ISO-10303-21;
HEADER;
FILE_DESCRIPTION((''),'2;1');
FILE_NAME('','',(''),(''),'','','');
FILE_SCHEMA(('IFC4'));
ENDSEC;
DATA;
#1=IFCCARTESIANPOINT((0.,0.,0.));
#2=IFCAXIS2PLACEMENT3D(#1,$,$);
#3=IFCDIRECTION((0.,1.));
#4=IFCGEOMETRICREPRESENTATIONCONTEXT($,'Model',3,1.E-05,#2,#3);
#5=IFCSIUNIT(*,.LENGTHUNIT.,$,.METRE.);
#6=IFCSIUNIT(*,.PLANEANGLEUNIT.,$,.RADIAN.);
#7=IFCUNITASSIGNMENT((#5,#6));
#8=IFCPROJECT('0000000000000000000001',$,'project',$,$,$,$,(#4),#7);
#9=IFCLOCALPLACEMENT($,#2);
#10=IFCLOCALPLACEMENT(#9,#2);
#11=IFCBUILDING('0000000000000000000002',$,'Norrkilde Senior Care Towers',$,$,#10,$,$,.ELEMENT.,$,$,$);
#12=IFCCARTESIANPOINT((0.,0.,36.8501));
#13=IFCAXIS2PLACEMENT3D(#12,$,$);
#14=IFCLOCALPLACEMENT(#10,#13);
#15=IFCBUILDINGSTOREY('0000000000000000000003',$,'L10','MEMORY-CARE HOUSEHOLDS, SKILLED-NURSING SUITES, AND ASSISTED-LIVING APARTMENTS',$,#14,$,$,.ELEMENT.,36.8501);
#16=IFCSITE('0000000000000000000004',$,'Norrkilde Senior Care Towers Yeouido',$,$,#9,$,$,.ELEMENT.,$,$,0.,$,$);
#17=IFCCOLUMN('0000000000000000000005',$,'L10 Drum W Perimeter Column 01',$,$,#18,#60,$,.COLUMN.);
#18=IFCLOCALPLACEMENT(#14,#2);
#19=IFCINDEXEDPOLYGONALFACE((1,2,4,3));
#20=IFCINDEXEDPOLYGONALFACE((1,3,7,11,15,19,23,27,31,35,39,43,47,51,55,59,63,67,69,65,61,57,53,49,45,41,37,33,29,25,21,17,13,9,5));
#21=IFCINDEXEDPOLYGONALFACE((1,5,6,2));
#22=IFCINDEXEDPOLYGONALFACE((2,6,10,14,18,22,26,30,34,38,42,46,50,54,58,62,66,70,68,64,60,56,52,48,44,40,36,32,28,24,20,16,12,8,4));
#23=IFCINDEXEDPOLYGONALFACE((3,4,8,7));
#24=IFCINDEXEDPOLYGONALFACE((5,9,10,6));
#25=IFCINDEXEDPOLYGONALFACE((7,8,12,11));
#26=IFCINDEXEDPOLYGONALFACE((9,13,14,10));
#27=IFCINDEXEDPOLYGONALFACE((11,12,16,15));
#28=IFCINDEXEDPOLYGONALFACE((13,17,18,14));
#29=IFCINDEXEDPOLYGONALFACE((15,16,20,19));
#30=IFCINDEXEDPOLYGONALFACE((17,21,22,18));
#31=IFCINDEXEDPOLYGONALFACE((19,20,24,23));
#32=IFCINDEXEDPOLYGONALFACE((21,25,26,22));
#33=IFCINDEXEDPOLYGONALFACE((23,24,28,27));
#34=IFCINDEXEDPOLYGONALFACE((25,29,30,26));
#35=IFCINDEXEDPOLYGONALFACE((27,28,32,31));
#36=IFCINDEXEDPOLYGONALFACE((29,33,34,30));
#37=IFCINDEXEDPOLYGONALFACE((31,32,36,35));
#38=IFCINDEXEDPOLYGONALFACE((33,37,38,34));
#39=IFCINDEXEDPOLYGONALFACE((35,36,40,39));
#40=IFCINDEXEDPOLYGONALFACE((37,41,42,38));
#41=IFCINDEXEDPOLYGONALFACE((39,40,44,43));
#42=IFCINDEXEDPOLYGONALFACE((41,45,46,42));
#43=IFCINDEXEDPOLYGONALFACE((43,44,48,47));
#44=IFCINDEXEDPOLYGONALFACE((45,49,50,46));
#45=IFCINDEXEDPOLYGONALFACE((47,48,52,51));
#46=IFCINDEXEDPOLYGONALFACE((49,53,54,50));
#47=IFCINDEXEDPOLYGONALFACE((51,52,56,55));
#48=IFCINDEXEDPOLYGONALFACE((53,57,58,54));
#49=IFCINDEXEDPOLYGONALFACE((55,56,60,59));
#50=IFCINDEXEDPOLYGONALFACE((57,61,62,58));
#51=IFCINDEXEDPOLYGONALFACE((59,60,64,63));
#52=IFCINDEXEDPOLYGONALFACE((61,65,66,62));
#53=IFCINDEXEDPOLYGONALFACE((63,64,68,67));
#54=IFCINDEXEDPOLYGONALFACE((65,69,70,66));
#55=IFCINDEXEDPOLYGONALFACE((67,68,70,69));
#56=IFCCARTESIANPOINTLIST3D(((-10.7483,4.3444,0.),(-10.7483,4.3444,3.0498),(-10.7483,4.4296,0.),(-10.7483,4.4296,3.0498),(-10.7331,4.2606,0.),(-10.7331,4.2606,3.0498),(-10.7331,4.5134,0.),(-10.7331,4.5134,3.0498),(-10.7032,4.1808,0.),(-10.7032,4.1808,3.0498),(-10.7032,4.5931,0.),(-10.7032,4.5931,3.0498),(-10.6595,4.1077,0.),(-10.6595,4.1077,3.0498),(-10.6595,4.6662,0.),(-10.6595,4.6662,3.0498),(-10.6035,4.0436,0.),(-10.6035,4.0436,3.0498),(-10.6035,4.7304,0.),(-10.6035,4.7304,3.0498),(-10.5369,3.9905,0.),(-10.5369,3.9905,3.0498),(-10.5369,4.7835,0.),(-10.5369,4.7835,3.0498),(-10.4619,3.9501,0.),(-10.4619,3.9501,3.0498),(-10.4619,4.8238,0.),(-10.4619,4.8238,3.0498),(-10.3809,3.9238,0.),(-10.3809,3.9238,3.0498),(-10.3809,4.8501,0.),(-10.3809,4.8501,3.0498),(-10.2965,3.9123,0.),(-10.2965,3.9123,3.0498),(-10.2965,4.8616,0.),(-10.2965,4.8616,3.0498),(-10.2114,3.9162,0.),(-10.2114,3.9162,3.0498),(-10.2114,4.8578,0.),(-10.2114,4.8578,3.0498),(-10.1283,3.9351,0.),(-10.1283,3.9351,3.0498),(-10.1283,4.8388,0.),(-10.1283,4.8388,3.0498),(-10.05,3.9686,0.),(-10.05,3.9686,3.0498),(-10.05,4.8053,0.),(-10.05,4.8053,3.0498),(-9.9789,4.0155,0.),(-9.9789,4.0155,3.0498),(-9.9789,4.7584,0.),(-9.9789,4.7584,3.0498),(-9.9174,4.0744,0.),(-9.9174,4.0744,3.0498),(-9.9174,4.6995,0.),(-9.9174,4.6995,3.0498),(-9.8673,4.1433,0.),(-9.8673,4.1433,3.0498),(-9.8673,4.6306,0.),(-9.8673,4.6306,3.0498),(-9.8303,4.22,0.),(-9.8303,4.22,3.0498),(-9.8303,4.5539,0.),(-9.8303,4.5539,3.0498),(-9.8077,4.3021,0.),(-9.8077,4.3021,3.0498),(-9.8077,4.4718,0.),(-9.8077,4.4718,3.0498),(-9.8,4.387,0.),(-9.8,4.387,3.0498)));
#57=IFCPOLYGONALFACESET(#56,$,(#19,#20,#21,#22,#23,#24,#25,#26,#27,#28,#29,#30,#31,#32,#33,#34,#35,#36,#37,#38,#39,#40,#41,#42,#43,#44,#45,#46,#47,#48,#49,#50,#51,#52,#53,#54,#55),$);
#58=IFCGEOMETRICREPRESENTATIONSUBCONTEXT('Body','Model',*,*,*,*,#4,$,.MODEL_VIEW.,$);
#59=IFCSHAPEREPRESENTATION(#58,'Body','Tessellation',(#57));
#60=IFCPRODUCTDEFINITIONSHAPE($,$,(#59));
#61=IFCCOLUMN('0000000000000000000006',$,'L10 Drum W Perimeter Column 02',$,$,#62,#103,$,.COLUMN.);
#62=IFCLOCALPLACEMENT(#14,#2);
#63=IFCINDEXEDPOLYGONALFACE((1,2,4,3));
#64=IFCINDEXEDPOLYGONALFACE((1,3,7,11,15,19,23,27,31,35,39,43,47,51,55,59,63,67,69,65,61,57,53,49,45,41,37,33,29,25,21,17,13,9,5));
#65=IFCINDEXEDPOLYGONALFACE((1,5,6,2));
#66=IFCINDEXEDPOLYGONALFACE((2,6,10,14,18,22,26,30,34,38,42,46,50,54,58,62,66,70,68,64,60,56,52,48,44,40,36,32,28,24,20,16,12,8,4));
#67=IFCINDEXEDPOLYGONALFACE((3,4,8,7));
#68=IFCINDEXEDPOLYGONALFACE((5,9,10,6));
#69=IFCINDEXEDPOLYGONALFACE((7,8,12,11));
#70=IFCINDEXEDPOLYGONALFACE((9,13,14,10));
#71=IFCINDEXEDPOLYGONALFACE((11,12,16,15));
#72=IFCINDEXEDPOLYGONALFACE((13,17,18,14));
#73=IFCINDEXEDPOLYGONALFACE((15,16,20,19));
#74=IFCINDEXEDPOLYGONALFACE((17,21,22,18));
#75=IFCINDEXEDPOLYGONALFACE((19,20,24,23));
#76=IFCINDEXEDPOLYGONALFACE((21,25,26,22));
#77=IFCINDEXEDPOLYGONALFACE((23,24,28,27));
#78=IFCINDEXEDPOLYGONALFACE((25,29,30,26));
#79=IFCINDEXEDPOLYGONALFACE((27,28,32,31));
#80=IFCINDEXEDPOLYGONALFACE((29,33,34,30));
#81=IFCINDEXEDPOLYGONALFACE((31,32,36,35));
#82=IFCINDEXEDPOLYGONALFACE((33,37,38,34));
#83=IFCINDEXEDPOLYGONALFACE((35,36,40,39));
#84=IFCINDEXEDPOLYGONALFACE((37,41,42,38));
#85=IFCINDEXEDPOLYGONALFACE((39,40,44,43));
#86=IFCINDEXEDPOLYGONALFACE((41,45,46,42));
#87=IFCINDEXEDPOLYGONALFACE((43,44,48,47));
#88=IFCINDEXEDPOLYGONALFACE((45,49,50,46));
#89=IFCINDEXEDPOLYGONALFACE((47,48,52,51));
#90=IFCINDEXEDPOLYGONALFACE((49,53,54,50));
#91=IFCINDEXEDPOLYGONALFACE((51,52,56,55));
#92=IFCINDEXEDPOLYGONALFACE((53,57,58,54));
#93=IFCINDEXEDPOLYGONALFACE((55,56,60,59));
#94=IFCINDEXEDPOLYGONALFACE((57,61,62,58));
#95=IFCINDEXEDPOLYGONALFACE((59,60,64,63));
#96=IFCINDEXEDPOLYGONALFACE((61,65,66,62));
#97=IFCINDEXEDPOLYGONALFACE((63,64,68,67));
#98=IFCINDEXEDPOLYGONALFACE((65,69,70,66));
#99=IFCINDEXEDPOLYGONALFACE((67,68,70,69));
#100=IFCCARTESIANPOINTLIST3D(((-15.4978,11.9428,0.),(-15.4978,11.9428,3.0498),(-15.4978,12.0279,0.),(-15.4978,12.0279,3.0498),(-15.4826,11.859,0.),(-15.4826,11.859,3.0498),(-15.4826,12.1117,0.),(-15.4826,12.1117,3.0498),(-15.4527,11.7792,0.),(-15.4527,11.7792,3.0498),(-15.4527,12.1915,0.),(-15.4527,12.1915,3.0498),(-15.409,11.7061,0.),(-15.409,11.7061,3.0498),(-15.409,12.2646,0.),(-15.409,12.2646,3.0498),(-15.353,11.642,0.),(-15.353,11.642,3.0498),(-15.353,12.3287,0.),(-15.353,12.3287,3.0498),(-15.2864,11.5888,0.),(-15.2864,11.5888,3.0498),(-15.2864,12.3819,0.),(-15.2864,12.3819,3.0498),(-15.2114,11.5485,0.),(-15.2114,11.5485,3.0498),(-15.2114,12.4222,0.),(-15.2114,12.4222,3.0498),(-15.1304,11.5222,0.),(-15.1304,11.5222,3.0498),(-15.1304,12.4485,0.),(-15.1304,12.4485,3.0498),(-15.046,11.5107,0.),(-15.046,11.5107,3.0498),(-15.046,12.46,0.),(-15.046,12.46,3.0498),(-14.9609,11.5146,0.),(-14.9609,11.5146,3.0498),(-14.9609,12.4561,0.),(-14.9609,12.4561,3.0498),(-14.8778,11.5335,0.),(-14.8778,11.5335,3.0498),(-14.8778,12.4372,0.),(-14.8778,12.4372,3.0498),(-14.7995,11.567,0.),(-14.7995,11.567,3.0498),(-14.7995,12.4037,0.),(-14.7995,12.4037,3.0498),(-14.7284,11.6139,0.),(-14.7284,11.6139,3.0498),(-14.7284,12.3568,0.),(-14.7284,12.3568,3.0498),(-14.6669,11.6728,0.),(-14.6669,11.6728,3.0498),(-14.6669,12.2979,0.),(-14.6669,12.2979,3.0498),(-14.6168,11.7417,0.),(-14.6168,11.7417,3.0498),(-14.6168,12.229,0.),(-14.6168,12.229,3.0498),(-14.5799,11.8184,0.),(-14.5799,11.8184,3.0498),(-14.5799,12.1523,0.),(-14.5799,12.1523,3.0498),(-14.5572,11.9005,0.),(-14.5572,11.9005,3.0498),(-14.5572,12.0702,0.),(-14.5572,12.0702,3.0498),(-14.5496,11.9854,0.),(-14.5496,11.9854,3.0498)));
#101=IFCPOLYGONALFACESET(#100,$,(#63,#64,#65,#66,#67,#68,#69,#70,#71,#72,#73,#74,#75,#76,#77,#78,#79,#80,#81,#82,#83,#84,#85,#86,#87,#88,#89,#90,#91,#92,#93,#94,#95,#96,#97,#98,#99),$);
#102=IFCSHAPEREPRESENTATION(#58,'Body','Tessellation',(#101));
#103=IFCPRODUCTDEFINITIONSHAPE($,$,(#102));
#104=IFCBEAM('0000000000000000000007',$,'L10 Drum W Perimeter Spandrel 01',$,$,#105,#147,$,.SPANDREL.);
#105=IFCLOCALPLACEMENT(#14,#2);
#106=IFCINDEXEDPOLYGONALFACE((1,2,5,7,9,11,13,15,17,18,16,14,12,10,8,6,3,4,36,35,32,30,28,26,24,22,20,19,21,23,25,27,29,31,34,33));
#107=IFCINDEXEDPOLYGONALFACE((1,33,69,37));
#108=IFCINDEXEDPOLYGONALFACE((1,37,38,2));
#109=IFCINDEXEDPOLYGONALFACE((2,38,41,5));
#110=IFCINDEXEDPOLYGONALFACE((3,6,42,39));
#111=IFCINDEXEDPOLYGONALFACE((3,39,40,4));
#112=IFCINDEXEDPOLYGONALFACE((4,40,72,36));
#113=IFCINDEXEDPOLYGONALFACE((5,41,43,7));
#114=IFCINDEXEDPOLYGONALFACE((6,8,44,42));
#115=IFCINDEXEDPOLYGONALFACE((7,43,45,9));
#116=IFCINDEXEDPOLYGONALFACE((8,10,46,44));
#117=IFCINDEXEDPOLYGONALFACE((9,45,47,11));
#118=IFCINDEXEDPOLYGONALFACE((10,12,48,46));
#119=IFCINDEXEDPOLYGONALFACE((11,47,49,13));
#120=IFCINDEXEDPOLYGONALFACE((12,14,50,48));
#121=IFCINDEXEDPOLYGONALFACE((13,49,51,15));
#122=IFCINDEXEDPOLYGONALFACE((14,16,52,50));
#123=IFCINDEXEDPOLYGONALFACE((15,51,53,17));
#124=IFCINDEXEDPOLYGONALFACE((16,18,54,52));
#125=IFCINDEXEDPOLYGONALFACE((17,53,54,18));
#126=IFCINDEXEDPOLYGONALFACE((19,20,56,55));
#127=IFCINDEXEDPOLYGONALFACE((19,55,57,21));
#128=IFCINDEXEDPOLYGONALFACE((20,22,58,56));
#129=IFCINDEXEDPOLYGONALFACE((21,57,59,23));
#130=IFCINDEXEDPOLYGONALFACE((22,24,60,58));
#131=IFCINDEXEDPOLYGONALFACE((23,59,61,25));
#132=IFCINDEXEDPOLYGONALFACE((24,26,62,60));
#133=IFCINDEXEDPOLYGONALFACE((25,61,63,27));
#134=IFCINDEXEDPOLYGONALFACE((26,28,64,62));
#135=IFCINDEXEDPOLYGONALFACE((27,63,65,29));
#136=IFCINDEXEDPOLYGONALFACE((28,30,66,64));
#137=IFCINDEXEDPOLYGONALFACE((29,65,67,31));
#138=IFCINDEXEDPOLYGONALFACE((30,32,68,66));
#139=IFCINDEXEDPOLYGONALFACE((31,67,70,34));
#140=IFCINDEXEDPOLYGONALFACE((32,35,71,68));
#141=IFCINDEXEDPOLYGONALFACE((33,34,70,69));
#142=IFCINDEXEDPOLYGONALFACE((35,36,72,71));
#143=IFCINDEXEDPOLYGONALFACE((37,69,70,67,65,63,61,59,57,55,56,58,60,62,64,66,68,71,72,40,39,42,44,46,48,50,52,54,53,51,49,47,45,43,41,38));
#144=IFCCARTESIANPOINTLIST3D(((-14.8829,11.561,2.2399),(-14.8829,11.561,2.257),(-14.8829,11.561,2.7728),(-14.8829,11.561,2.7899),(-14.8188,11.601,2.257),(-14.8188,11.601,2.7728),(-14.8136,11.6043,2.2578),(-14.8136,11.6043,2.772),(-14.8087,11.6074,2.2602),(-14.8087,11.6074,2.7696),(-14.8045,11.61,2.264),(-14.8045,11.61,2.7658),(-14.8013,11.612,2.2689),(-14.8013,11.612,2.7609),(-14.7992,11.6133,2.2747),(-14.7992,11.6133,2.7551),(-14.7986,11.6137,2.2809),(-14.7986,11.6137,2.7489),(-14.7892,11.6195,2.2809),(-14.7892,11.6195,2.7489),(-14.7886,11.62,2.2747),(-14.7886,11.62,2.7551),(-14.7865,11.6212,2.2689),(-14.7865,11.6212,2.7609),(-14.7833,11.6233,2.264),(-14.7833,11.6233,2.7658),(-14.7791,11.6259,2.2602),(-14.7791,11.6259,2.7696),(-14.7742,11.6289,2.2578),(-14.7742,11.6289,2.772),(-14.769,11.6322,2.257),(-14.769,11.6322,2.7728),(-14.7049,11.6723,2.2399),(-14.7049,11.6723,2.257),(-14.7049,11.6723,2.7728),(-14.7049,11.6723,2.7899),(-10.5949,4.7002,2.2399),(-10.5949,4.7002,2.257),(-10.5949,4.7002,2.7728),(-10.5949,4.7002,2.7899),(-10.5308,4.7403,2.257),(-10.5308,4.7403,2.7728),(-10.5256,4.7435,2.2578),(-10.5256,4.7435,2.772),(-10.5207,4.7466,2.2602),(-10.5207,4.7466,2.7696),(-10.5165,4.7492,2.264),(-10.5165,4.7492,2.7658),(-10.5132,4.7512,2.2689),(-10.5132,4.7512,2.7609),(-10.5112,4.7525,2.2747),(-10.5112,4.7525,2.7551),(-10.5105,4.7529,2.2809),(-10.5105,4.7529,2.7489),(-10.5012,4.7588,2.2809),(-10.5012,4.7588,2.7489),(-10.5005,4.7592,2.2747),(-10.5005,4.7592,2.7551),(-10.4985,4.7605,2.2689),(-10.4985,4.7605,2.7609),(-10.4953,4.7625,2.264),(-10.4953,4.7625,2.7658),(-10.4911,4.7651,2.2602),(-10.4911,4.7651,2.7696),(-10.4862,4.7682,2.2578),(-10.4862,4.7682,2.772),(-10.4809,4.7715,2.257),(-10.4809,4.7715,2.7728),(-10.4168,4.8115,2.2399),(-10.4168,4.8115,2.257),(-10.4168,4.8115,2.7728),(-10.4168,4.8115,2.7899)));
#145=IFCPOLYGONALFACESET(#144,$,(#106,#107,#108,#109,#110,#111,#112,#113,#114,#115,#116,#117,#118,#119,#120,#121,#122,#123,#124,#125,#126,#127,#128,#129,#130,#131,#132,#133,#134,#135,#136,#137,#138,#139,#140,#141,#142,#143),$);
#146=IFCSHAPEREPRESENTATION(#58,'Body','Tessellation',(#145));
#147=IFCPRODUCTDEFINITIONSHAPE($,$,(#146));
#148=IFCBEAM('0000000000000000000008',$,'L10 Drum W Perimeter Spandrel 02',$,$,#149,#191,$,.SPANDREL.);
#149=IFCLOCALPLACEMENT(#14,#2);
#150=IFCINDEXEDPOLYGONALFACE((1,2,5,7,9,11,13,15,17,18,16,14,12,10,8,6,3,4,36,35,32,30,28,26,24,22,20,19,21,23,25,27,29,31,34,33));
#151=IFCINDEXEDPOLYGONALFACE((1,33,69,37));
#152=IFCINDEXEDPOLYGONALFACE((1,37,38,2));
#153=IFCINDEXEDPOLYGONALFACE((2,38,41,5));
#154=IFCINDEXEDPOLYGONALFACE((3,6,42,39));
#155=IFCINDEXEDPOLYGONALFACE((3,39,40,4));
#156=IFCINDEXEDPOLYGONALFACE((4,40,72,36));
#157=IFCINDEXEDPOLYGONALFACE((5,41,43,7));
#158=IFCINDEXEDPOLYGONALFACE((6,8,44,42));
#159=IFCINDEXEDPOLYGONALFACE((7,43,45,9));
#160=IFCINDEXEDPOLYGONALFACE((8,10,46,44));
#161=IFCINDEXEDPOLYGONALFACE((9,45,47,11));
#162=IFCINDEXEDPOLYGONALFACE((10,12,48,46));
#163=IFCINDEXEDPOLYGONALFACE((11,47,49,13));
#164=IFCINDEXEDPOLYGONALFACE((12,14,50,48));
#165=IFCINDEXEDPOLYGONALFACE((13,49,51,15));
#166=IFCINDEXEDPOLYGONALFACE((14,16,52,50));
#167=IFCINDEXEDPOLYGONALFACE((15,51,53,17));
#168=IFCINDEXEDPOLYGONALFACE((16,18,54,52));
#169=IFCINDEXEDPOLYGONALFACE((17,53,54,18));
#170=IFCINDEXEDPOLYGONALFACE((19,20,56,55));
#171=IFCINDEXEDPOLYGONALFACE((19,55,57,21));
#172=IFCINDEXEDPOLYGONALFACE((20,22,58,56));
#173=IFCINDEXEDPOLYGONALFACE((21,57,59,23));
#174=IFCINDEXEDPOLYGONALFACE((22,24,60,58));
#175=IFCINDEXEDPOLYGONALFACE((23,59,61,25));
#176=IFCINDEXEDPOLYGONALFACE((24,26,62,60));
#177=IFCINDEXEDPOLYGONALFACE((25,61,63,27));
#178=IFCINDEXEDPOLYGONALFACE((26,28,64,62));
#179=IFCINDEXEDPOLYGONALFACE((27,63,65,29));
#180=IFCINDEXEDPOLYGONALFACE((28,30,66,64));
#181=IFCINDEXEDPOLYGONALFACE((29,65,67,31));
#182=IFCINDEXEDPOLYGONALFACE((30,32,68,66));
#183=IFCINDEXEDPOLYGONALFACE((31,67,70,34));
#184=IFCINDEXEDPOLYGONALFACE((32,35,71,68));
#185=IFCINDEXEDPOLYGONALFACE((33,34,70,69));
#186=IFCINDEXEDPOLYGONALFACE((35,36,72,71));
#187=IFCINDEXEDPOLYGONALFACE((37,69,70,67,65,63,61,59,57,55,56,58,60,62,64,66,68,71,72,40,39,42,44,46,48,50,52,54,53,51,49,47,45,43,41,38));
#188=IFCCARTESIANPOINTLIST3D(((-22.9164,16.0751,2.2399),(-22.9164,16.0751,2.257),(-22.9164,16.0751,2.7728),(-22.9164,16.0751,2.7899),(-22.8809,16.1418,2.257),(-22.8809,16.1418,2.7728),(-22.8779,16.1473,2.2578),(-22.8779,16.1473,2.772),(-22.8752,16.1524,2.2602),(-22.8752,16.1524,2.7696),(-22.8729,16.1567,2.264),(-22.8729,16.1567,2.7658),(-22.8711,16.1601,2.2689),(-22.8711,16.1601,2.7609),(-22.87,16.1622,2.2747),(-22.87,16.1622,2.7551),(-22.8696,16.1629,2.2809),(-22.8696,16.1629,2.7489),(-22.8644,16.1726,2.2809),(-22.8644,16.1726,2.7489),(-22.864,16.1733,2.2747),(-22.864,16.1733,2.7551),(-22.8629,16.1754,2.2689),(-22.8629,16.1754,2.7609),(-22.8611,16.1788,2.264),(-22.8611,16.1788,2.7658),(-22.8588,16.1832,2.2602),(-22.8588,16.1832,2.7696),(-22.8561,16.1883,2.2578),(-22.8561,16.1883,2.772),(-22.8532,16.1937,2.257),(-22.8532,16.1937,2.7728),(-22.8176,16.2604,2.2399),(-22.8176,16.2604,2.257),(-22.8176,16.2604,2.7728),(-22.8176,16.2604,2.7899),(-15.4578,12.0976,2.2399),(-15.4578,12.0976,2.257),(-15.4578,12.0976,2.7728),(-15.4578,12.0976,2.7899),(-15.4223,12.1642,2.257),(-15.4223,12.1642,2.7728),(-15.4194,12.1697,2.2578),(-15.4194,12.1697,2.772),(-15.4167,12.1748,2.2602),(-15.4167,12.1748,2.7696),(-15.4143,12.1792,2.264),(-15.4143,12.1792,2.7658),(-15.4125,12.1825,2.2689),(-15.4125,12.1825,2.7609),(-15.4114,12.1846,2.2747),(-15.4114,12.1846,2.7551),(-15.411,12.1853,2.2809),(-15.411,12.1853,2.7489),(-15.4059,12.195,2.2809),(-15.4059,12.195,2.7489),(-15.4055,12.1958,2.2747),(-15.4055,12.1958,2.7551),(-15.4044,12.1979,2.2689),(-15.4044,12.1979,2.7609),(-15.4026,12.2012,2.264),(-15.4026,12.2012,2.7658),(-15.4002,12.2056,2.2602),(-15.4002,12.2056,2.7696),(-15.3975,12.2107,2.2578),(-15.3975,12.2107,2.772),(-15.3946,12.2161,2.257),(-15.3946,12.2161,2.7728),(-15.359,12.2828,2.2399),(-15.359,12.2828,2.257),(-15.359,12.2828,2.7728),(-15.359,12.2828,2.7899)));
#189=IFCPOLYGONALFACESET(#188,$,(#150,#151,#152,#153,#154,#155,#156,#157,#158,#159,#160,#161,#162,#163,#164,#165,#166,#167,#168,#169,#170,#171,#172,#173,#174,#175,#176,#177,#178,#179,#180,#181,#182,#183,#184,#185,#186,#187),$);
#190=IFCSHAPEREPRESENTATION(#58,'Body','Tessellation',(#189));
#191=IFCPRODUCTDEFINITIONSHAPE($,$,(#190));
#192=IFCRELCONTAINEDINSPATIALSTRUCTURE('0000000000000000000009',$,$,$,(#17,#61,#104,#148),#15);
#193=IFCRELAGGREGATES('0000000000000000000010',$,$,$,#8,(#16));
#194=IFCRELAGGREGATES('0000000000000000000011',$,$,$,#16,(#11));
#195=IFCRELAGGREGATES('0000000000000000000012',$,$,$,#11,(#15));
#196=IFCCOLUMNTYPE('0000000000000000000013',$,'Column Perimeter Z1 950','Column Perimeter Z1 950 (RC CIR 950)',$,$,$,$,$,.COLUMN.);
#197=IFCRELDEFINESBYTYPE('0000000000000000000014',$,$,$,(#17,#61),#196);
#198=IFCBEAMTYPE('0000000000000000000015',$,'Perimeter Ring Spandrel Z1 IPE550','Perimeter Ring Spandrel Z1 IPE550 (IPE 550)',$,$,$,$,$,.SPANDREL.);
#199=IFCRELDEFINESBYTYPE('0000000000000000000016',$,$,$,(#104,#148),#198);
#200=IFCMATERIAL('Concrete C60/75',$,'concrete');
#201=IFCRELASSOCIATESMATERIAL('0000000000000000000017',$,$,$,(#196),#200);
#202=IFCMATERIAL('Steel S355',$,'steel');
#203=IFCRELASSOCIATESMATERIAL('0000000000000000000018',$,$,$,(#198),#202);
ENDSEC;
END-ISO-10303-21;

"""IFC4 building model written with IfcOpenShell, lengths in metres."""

from ifc_helpers import new_model, si_unit, direction, frame, origin, origin_2d, place, context, subcontext, project, spatial, circle, i_section, extrude, source, transform, mapped, material, material_profile, profile_set, type_object, type_shapes, element, save


model = new_model("IFC4")

# Units and contexts
model_context = context("Model", 3, precision=1e-05, world=origin(), true_north=direction((0.0, 1.0)))
body_context = subcontext(model_context, "Body", "Model", "MODEL_VIEW")
ifc_project = project(units=[si_unit("LENGTHUNIT", "METRE"), si_unit("PLANEANGLEUNIT", "RADIAN")], contexts=[model_context])

# Site, building, storey
site_placement = place(None, origin())
site = spatial("IfcSite", under=ifc_project, at=site_placement, Name="Norrkilde Senior Care Towers Yeouido", CompositionType="ELEMENT", RefElevation=0.0)
building_placement = place(site_placement, origin())
building = spatial("IfcBuilding", under=site, at=building_placement, Name="Norrkilde Senior Care Towers", CompositionType="ELEMENT")
storey_placement = place(building_placement, frame((0.0, 0.0, 36.8501)))
storey = spatial("IfcBuildingStorey", under=building, at=storey_placement, Name="L10", Description="MEMORY-CARE HOUSEHOLDS, SKILLED-NURSING SUITES, AND ASSISTED-LIVING APARTMENTS", CompositionType="ELEMENT", Elevation=36.8501)

# Columns
ifc_material_1 = material(Name="Concrete C60/75", Category="concrete")
ifc_material_profile_1 = material_profile(ifc_material_1, circle(Radius=0.4751, at=origin_2d()), Name="RC CIR 950")
ifc_profile_set_1 = profile_set([ifc_material_profile_1], Name="Concrete C60/75")
column_type = type_object("IfcColumnType", Name="Column Perimeter Z1 950", Description="Column Perimeter Z1 950 (RC CIR 950)", PredefinedType="COLUMN", material=ifc_profile_set_1)
shared_shape_1 = source(origin(), body_context, "Body", "SweptSolid", [
    extrude(circle(Radius=0.4751, at=origin_2d()), origin(), (0.0, 0.0, 1.0), 3.0498),
])
type_shapes(column_type, [shared_shape_1])
for number, where, z_axis, x_axis, name in (
    (1, (-10.2751, 4.387, 0.0), (0.0, 0.0, 1.0), (1.0, 0.0, 0.0), "L10 Drum W Perimeter Column 01"),
    (2, (-15.0247, 11.9854, 0.0), (0.0, 0.0, 1.0), (1.0, 0.0, 0.0), "L10 Drum W Perimeter Column 02"),
):
    element("IfcColumn", number, at=place(storey_placement, frame(where, z_axis=z_axis, x_axis=x_axis)), inside=storey, type_object=column_type, Name=name, PredefinedType="COLUMN", context=body_context, shape_type="MappedRepresentation", body=[
        mapped(shared_shape_1, transform((0.0, 0.0, 0.0), x_axis=(1.0, 0.0, 0.0), y_axis=(0.0, 1.0, 0.0), z_axis=(0.0, 0.0, 1.0), scale=1.0)),
    ])

# Beams
ifc_material_2 = material(Name="Steel S355", Category="steel")
ifc_material_profile_2 = material_profile(ifc_material_2, i_section(OverallWidth=0.21, OverallDepth=0.55, WebThickness=0.011, FlangeThickness=0.0171, FilletRadius=0.0239, at=origin_2d()), Name="IPE 550")
ifc_profile_set_2 = profile_set([ifc_material_profile_2], Name="Steel S355")
beam_type_1 = type_object("IfcBeamType", Name="Perimeter Ring Spandrel Z1 IPE550", Description="Perimeter Ring Spandrel Z1 IPE550 (IPE 550)", PredefinedType="SPANDREL", material=ifc_profile_set_2)
shared_shape_2 = source(origin(), body_context, "Body", "SweptSolid", [
    extrude(i_section(OverallWidth=0.21, OverallDepth=0.55, WebThickness=0.011, FlangeThickness=0.0171, FilletRadius=0.0239, at=origin_2d()), origin(), (0.0, 0.0, 1.0), 8.0906),
])
beam_1_placement = place(storey_placement, frame((-10.5059, 4.7559, 2.5149), z_axis=(-0.530004, 0.847995, 0.0), x_axis=(-0.847995, -0.530004, 0.0)))
element("IfcBeam", 3, at=beam_1_placement, inside=storey, type_object=beam_type_1, Name="L10 Drum W Perimeter Spandrel 01", PredefinedType="SPANDREL", context=body_context, shape_type="MappedRepresentation", body=[
    mapped(shared_shape_2, transform((0.0, 0.0, 0.0), x_axis=(1.0, 0.0, 0.0), y_axis=(0.0, 1.0, 0.0), z_axis=(0.0, 0.0, 1.0), scale=1.0)),
])
shared_shape_3 = source(origin(), body_context, "Body", "SweptSolid", [
    extrude(i_section(OverallWidth=0.21, OverallDepth=0.55, WebThickness=0.011, FlangeThickness=0.0171, FilletRadius=0.0239, at=origin_2d()), origin(), (0.0, 0.0, 1.0), 8.4529),
])
type_shapes(beam_type_1, [shared_shape_2, shared_shape_3])
beam_2_placement = place(storey_placement, frame((-15.4084, 12.1902, 2.5149), z_axis=(-0.882369, 0.470558, 0.0), x_axis=(-0.470558, -0.882369, 0.0)))
element("IfcBeam", 4, at=beam_2_placement, inside=storey, type_object=beam_type_1, Name="L10 Drum W Perimeter Spandrel 02", PredefinedType="SPANDREL", context=body_context, shape_type="MappedRepresentation", body=[
    mapped(shared_shape_3, transform((0.0, 0.0, 0.0), x_axis=(1.0, 0.0, 0.0), y_axis=(0.0, 1.0, 0.0), z_axis=(0.0, 0.0, 1.0), scale=1.0)),
])

save(model, "model.ifc")
